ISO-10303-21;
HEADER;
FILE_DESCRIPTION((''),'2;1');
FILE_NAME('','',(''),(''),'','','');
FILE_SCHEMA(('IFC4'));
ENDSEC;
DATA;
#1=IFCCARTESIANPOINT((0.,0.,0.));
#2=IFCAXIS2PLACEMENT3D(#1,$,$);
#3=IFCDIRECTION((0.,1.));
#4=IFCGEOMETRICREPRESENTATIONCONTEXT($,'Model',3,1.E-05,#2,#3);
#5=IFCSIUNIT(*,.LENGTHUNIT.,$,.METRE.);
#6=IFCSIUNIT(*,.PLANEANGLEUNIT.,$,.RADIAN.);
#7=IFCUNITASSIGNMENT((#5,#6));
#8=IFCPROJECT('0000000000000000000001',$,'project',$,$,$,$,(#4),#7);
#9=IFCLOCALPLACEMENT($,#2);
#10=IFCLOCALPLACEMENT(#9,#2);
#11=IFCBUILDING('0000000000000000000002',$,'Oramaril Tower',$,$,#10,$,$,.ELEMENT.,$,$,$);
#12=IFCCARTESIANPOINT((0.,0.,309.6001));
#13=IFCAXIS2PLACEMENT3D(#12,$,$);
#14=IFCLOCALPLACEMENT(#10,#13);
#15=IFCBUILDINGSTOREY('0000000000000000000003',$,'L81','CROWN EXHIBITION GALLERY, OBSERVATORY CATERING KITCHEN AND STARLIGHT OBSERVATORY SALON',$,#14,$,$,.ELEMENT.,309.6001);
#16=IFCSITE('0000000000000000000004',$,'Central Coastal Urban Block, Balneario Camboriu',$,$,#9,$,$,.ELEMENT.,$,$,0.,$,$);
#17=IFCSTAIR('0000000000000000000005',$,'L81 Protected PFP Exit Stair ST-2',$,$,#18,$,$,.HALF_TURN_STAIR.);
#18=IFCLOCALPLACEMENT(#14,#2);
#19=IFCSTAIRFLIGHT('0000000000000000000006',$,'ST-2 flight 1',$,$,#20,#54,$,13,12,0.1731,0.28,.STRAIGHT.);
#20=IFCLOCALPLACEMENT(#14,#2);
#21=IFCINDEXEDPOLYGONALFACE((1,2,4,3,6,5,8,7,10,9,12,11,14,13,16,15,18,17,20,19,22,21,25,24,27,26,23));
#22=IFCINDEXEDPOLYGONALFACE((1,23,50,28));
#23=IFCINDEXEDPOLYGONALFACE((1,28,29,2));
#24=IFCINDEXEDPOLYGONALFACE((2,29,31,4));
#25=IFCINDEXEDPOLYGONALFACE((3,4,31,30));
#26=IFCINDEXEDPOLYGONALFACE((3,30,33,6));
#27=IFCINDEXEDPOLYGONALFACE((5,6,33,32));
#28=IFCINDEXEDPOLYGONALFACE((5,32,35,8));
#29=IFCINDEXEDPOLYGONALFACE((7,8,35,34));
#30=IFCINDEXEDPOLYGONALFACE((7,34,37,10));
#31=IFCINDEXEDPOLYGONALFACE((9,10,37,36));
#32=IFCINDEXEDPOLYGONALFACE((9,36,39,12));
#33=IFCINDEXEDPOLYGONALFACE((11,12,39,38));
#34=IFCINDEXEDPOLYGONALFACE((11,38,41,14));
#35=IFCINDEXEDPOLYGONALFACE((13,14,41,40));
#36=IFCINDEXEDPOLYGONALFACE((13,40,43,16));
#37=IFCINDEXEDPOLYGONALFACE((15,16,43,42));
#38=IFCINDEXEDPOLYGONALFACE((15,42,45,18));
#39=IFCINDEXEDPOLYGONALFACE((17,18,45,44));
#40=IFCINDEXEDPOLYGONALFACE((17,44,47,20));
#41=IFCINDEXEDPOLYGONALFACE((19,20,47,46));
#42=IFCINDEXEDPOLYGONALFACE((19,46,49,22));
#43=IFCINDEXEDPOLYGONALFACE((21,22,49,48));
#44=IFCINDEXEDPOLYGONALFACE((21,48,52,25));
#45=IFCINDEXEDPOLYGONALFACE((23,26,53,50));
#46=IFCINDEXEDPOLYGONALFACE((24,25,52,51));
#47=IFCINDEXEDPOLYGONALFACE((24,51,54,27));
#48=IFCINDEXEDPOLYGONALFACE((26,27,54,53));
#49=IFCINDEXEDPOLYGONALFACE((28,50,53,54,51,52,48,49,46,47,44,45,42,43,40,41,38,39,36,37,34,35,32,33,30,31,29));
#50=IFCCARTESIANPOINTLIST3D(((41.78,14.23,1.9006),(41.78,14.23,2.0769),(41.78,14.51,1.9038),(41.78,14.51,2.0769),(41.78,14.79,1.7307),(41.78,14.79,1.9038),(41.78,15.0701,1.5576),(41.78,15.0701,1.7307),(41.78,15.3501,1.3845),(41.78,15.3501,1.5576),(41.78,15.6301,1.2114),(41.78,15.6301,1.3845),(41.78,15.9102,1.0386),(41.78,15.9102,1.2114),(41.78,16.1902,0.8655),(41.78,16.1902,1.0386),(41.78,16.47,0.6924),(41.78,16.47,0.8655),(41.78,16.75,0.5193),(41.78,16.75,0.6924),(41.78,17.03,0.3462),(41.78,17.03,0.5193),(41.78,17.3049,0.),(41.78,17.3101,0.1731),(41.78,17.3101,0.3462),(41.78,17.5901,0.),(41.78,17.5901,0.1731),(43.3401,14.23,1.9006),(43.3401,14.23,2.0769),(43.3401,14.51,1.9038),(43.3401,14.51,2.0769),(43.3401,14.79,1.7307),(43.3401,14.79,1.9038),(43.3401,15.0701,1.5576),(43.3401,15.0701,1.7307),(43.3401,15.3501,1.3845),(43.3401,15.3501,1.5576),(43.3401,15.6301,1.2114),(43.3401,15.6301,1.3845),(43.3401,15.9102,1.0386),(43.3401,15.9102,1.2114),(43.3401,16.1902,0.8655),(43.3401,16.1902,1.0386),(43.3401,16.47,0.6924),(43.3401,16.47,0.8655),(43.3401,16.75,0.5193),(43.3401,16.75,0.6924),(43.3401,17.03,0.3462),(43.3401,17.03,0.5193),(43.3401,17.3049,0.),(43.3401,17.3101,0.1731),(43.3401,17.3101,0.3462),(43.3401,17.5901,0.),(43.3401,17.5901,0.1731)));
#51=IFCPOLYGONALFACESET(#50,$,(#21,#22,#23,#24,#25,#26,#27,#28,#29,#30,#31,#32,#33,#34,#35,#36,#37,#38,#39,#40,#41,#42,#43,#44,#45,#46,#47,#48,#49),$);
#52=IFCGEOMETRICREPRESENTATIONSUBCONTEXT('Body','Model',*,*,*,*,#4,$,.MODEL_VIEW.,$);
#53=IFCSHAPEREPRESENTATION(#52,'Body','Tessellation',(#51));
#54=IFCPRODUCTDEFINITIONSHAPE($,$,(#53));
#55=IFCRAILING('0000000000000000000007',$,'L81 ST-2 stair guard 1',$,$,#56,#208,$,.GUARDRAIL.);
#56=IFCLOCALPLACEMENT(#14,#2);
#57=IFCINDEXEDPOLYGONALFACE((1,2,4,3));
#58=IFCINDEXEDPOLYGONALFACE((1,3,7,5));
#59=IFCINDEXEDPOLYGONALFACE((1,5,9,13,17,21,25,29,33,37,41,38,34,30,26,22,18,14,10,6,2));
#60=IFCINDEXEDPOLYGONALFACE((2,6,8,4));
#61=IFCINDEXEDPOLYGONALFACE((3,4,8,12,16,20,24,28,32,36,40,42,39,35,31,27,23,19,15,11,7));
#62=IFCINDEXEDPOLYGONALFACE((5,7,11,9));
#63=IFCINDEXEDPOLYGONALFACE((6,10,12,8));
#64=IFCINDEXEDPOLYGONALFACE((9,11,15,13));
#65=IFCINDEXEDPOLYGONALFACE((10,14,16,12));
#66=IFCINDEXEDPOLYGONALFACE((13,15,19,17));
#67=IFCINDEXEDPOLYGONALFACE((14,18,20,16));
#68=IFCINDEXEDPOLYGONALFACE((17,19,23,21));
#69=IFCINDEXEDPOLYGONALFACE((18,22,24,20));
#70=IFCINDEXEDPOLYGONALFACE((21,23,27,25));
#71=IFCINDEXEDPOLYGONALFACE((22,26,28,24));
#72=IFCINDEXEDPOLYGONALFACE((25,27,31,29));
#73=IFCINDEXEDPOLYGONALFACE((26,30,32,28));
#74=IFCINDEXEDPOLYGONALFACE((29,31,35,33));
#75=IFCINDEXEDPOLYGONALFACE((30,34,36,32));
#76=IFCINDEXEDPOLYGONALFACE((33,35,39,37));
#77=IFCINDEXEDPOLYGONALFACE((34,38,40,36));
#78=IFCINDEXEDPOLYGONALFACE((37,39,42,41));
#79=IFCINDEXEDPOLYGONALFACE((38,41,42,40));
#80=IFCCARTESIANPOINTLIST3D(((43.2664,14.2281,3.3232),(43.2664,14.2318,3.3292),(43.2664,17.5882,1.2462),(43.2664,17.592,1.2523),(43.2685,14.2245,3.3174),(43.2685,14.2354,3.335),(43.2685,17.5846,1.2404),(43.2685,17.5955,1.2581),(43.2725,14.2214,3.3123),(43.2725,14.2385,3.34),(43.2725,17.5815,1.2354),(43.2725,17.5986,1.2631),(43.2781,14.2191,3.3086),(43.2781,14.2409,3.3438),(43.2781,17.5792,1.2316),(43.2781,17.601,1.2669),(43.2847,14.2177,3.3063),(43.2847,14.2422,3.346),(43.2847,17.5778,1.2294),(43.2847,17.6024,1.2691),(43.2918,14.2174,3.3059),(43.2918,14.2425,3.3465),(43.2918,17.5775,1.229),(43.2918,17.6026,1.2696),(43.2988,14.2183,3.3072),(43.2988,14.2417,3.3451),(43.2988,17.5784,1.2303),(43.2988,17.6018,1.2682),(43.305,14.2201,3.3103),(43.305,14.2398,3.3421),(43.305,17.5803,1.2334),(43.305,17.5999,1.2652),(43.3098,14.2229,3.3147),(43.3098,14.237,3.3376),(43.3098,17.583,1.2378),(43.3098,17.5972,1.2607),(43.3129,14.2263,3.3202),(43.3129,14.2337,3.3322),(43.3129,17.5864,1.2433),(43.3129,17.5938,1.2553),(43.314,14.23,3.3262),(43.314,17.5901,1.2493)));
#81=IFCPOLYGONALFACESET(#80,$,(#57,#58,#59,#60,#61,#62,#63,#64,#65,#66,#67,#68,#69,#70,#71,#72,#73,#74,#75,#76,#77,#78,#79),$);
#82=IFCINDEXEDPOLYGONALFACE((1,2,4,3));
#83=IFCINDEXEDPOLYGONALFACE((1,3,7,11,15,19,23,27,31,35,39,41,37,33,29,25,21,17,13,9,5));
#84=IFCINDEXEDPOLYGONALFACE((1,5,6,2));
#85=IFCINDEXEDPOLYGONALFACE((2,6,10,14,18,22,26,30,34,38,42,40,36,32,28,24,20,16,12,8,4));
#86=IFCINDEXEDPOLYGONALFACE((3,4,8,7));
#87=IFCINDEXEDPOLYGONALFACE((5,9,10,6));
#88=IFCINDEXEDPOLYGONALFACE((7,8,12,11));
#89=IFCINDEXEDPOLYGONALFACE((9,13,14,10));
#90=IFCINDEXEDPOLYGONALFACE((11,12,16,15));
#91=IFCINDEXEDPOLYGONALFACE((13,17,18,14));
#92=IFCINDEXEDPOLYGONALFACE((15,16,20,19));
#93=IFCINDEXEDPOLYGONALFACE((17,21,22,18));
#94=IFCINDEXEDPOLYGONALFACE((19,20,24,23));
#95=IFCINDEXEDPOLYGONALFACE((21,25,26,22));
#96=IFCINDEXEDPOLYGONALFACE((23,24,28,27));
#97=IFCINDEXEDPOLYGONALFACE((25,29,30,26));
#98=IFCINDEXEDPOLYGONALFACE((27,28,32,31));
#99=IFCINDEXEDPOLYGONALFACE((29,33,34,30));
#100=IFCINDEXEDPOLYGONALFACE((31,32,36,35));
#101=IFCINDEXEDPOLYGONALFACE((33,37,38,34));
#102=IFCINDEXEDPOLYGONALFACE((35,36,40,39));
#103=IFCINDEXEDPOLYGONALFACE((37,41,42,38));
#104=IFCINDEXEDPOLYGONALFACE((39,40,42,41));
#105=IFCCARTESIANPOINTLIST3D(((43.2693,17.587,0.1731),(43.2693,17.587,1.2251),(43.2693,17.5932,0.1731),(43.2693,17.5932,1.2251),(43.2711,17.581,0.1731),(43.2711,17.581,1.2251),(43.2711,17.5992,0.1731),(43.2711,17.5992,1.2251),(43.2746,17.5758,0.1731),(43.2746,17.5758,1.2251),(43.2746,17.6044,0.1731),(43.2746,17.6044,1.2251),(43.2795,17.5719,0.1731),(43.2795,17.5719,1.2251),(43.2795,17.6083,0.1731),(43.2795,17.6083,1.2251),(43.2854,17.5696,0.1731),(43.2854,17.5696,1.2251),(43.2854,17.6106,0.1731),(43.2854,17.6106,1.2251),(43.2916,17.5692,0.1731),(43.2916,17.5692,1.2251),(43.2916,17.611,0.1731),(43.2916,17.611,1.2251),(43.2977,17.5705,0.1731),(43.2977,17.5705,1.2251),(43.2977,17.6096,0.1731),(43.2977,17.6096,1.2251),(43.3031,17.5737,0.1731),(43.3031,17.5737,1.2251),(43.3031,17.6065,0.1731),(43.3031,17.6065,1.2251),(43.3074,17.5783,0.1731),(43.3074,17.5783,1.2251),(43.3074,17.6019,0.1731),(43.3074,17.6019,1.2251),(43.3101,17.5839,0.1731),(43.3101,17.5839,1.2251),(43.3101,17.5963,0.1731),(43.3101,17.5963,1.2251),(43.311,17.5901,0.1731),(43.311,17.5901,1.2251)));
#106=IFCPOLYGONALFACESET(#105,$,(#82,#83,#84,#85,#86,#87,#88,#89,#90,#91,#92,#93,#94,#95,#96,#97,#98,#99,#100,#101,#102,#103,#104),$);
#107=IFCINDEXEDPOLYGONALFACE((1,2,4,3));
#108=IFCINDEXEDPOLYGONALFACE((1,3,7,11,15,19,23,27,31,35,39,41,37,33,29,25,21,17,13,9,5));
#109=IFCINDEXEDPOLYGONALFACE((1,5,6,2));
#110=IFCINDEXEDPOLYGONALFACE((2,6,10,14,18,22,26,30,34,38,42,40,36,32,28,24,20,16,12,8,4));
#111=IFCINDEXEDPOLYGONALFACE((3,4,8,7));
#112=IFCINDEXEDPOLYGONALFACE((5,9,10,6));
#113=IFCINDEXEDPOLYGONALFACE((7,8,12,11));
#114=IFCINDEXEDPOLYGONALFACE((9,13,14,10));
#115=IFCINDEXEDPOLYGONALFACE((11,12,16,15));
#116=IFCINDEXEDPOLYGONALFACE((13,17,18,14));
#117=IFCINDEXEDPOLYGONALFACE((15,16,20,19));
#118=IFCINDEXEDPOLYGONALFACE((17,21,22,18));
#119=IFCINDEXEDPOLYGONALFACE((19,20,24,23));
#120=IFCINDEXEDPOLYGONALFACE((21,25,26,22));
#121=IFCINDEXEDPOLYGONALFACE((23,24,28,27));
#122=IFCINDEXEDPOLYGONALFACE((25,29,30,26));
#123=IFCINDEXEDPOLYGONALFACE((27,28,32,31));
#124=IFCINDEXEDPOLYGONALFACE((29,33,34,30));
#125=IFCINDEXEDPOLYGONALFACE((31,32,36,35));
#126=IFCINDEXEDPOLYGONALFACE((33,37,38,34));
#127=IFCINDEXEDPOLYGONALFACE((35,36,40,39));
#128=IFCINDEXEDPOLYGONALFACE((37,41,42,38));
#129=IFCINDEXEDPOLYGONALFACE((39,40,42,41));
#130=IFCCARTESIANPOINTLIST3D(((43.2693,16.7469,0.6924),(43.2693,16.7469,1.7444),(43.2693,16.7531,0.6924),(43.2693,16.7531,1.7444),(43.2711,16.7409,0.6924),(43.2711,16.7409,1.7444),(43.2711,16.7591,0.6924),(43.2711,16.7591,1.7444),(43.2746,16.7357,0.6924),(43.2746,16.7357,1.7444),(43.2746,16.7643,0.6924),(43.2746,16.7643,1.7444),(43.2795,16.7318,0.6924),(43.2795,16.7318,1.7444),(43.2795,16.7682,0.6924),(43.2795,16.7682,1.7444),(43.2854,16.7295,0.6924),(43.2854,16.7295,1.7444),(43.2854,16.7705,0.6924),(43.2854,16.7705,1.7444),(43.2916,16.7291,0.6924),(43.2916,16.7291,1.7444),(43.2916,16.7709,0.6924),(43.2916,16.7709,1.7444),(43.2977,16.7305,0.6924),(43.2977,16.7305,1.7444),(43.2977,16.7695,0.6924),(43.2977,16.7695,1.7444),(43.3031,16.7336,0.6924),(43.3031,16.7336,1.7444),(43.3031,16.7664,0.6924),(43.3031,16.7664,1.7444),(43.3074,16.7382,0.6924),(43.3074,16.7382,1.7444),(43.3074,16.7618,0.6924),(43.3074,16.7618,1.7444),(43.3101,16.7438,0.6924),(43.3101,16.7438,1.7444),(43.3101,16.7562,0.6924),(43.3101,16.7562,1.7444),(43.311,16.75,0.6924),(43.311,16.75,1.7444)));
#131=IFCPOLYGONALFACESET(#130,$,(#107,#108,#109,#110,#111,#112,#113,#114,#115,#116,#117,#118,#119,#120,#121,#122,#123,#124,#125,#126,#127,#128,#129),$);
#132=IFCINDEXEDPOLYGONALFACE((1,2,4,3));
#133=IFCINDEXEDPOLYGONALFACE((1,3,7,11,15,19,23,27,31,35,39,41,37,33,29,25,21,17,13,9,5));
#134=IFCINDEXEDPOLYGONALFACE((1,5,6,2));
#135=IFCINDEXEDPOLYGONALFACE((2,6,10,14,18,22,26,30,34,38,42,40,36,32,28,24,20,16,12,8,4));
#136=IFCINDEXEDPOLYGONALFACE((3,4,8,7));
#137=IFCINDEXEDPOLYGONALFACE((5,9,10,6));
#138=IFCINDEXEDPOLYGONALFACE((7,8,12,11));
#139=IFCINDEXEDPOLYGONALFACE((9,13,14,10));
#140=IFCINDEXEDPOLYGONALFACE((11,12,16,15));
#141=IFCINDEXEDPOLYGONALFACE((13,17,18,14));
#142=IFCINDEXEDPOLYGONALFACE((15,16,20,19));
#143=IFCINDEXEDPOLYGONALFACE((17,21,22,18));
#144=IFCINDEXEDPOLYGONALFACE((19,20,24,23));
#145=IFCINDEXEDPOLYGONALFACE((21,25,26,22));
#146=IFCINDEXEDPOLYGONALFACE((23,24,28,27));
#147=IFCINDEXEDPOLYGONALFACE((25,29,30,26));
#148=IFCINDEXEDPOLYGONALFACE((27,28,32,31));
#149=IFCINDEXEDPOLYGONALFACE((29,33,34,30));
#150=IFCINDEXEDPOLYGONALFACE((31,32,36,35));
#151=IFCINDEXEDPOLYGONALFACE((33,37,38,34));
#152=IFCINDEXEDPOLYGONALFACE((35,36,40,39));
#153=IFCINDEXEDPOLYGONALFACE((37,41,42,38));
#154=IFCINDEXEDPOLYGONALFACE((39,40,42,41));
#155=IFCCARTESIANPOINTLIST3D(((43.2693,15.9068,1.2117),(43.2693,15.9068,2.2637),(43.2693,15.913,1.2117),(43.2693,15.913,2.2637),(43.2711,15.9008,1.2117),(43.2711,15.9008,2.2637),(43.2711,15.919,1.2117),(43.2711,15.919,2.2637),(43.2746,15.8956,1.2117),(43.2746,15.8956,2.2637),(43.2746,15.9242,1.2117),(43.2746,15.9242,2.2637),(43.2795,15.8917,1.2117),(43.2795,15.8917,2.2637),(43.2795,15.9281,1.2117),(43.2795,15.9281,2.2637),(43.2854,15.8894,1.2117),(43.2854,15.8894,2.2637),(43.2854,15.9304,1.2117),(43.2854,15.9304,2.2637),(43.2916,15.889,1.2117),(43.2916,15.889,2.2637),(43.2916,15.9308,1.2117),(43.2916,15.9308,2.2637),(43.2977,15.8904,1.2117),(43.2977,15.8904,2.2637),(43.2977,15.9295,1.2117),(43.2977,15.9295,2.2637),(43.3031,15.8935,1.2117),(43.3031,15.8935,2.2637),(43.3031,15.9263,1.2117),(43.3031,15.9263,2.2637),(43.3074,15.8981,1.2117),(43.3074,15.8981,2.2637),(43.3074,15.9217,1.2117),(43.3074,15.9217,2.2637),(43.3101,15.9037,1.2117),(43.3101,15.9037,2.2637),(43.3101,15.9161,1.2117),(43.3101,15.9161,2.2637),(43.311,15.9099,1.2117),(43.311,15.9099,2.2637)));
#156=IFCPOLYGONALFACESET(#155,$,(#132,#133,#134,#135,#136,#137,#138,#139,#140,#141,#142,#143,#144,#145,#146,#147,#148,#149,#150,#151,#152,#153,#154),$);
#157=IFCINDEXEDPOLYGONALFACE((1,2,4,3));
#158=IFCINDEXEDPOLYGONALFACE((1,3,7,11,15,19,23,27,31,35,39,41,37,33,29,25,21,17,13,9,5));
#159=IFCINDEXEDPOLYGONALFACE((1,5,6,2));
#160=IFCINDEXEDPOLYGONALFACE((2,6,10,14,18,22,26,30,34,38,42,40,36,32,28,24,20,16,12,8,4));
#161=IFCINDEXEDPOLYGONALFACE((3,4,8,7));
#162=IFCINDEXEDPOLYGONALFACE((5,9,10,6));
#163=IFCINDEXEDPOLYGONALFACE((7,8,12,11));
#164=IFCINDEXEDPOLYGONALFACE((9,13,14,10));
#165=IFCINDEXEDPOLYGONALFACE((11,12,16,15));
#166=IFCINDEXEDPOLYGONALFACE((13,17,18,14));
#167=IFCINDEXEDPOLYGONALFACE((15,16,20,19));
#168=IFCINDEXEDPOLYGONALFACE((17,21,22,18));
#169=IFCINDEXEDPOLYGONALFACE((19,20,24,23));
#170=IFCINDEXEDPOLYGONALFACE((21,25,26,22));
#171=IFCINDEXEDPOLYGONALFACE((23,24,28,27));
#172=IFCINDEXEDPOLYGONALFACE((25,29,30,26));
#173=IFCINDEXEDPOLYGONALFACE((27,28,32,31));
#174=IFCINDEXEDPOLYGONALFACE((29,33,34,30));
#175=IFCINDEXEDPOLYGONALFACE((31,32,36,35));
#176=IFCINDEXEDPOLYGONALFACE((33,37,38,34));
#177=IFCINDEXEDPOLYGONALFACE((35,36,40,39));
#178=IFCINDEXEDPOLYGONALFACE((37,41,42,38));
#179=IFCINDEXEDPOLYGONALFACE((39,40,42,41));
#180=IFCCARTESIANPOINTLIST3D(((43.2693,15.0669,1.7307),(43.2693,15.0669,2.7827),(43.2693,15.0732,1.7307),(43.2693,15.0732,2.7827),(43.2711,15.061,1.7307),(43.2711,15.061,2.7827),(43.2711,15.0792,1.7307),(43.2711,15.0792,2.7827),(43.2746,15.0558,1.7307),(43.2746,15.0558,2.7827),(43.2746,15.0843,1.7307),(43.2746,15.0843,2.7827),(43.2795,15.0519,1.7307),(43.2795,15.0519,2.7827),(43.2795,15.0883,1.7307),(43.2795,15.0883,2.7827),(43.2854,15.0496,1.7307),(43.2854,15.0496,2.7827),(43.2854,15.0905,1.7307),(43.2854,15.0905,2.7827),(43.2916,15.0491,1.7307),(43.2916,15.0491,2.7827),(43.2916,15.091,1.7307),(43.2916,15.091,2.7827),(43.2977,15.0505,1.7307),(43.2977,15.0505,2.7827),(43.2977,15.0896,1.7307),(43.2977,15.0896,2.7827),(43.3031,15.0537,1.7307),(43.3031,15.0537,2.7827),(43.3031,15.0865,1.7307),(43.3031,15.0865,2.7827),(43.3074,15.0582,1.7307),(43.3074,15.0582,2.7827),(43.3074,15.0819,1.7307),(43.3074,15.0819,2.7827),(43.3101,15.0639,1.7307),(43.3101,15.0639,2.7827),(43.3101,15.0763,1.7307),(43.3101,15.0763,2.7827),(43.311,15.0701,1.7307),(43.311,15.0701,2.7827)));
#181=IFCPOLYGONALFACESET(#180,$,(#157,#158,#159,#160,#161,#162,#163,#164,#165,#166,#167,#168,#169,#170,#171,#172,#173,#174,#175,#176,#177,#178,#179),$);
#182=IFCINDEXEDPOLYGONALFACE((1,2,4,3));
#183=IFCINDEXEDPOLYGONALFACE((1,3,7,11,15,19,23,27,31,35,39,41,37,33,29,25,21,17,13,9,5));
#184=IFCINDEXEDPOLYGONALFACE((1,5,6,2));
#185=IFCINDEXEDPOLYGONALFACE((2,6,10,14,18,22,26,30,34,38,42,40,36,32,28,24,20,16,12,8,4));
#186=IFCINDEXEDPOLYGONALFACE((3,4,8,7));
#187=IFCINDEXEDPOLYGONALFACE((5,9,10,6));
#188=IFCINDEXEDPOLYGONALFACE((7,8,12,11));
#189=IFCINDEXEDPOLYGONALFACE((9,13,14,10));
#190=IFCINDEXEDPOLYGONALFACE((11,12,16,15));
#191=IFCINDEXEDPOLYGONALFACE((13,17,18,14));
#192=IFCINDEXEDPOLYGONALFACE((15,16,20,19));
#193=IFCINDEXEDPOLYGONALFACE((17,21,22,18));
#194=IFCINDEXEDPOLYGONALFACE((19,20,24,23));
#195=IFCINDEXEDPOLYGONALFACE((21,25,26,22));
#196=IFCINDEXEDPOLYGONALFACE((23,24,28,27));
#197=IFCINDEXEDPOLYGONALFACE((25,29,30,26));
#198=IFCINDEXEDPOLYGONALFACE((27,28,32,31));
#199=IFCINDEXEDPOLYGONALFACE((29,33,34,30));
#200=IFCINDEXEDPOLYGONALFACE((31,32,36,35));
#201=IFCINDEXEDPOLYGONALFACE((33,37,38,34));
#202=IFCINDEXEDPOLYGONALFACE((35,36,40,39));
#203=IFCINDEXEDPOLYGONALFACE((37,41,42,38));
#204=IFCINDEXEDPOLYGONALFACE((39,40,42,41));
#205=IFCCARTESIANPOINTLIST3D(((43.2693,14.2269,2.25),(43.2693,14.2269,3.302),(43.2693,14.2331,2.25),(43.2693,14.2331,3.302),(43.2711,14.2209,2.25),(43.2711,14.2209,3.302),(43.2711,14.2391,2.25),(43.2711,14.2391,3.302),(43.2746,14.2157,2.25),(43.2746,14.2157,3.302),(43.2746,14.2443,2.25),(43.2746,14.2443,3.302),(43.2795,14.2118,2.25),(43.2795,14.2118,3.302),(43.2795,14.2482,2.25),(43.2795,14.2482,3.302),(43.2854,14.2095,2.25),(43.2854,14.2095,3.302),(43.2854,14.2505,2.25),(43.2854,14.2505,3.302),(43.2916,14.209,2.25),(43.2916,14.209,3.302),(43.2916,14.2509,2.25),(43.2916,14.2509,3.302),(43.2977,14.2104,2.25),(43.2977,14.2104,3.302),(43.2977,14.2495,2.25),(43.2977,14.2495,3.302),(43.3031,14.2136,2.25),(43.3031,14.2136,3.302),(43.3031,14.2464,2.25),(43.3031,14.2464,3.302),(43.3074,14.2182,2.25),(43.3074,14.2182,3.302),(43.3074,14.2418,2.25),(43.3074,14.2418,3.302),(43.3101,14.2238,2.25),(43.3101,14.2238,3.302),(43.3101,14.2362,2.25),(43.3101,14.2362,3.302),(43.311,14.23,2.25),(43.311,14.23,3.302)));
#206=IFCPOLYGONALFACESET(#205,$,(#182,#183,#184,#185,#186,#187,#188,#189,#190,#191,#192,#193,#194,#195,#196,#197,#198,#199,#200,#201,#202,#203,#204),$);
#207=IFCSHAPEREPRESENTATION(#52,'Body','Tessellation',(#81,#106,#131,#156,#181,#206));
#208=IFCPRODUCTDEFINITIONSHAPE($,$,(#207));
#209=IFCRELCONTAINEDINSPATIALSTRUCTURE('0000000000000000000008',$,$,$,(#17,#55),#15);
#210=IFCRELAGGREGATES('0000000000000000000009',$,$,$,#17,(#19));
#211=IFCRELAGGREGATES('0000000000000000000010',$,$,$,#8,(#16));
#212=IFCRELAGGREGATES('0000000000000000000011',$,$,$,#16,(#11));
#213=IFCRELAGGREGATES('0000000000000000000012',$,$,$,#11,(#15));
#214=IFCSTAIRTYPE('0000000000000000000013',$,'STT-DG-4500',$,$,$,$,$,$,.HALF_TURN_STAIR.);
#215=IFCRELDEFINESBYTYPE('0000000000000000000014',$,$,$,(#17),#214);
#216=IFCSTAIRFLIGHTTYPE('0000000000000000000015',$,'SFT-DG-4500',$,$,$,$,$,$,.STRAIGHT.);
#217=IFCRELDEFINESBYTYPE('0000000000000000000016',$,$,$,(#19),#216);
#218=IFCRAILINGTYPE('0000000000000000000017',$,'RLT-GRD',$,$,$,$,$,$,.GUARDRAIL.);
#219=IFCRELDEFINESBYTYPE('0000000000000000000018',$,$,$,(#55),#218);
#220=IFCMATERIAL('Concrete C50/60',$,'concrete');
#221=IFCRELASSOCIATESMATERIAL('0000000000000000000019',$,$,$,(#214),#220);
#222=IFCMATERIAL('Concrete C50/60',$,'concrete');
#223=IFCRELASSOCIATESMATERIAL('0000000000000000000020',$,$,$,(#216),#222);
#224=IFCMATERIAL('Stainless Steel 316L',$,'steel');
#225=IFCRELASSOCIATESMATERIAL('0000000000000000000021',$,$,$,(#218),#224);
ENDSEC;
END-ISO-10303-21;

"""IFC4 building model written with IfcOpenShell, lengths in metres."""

from ifc_helpers import new_model, si_unit, direction, frame, origin, origin_2d, place, context, subcontext, project, spatial, polyline, circle, outline, extrude, material, type_object, element, aggregate, save


model = new_model("IFC4")

# Units and contexts
model_context = context("Model", 3, precision=1e-05, world=origin(), true_north=direction((0.0, 1.0)))
body_context = subcontext(model_context, "Body", "Model", "MODEL_VIEW")
ifc_project = project(units=[si_unit("LENGTHUNIT", "METRE"), si_unit("PLANEANGLEUNIT", "RADIAN")], contexts=[model_context])

# Site, building, storey
site_placement = place(None, origin())
site = spatial("IfcSite", under=ifc_project, at=site_placement, Name="Central Coastal Urban Block, Balneario Camboriu", CompositionType="ELEMENT", RefElevation=0.0)
building_placement = place(site_placement, origin())
building = spatial("IfcBuilding", under=site, at=building_placement, Name="Oramaril Tower", CompositionType="ELEMENT")
storey_placement = place(building_placement, frame((0.0, 0.0, 309.6001)))
storey = spatial("IfcBuildingStorey", under=building, at=storey_placement, Name="L81", Description="CROWN EXHIBITION GALLERY, OBSERVATORY CATERING KITCHEN AND STARLIGHT OBSERVATORY SALON", CompositionType="ELEMENT", Elevation=309.6001)

# Stair, stair flight
ifc_material_1 = material(Name="Concrete C50/60", Category="concrete")
stair_type = type_object("IfcStairType", Name="STT-DG-4500", PredefinedType="HALF_TURN_STAIR", material=ifc_material_1)
stair_placement = place(storey_placement, origin())
stair = element("IfcStair", 1, at=stair_placement, inside=storey, type_object=stair_type, Name="L81 Protected PFP Exit Stair ST-2", PredefinedType="HALF_TURN_STAIR")
ifc_material_2 = material(Name="Concrete C50/60", Category="concrete")
stair_flight_type = type_object("IfcStairFlightType", Name="SFT-DG-4500", PredefinedType="STRAIGHT", material=ifc_material_2)
stair_flight_placement = place(storey_placement, frame((42.5601, 17.5901, 0.0), z_axis=(0.0, 0.0, 1.0), x_axis=(0.0, -1.0, 0.0)))
stair_flight = element("IfcStairFlight", 2, at=stair_flight_placement, type_object=stair_flight_type, Name="ST-2 flight 1", NumberOfRisers=13, NumberOfTreads=12, PredefinedType="STRAIGHT", RiserHeight=0.1731, TreadLength=0.28, context=body_context, shape_type="SweptSolid", body=[
    extrude(outline(polyline([(0.0, 0.0), (0.0, 0.1731), (0.28, 0.1731), (0.28, 0.3462), (0.5601, 0.3462), (0.5601, 0.5193), (0.8401, 0.5193), (0.8401, 0.6924), (1.1201, 0.6924), (1.1201, 0.8655), (1.3999, 0.8655), (1.3999, 1.0386), (1.6799, 1.0386), (1.6799, 1.2114), (1.96, 1.2114), (1.96, 1.3845), (2.24, 1.3845), (2.24, 1.5576), (2.52, 1.5576), (2.52, 1.7307), (2.8, 1.7307), (2.8, 1.9038), (3.0801, 1.9038), (3.0801, 2.0769), (3.3601, 2.0769), (3.3601, 2.25), (3.3601, 1.9006), (0.2852, 0.0), (0.0, 0.0)])), frame((0.0, 0.78, 0.0), z_axis=(0.0, -1.0, 0.0), x_axis=(1.0, 0.0, 0.0)), (0.0, 0.0, 1.0), 1.5601),
])
aggregate(stair, [stair_flight])

# Railing
ifc_material_3 = material(Name="Stainless Steel 316L", Category="steel")
railing_type_1 = type_object("IfcRailingType", Name="RLT-GRD", PredefinedType="GUARDRAIL", material=ifc_material_3)
railing_1_placement = place(storey_placement, frame((43.29, 17.5901, 0.1731)))
element("IfcRailing", 3, at=railing_1_placement, inside=storey, type_object=railing_type_1, Name="L81 ST-2 stair guard 1", PredefinedType="GUARDRAIL", context=body_context, shape_type="SweptSolid", body=[
    extrude(circle(Radius=0.0239, at=origin_2d()), frame((0.0, 0.0, 1.0762), z_axis=(0.0, -0.850623, 0.525776), x_axis=(1.0, 0.0, 0.0)), (0.0, 0.0, 1.0), 3.9502),
    extrude(circle(Radius=0.021, at=origin_2d()), origin(), (0.0, 0.0, 1.0), 1.052),
    extrude(circle(Radius=0.021, at=origin_2d()), frame((0.0, -0.8401, 0.5193)), (0.0, 0.0, 1.0), 1.052),
    extrude(circle(Radius=0.021, at=origin_2d()), frame((0.0, -1.6802, 1.0386)), (0.0, 0.0, 1.0), 1.052),
    extrude(circle(Radius=0.021, at=origin_2d()), frame((0.0, -2.52, 1.5576)), (0.0, 0.0, 1.0), 1.052),
    extrude(circle(Radius=0.021, at=origin_2d()), frame((0.0, -3.3601, 2.0769)), (0.0, 0.0, 1.0), 1.052),
])

save(model, "model.ifc")
